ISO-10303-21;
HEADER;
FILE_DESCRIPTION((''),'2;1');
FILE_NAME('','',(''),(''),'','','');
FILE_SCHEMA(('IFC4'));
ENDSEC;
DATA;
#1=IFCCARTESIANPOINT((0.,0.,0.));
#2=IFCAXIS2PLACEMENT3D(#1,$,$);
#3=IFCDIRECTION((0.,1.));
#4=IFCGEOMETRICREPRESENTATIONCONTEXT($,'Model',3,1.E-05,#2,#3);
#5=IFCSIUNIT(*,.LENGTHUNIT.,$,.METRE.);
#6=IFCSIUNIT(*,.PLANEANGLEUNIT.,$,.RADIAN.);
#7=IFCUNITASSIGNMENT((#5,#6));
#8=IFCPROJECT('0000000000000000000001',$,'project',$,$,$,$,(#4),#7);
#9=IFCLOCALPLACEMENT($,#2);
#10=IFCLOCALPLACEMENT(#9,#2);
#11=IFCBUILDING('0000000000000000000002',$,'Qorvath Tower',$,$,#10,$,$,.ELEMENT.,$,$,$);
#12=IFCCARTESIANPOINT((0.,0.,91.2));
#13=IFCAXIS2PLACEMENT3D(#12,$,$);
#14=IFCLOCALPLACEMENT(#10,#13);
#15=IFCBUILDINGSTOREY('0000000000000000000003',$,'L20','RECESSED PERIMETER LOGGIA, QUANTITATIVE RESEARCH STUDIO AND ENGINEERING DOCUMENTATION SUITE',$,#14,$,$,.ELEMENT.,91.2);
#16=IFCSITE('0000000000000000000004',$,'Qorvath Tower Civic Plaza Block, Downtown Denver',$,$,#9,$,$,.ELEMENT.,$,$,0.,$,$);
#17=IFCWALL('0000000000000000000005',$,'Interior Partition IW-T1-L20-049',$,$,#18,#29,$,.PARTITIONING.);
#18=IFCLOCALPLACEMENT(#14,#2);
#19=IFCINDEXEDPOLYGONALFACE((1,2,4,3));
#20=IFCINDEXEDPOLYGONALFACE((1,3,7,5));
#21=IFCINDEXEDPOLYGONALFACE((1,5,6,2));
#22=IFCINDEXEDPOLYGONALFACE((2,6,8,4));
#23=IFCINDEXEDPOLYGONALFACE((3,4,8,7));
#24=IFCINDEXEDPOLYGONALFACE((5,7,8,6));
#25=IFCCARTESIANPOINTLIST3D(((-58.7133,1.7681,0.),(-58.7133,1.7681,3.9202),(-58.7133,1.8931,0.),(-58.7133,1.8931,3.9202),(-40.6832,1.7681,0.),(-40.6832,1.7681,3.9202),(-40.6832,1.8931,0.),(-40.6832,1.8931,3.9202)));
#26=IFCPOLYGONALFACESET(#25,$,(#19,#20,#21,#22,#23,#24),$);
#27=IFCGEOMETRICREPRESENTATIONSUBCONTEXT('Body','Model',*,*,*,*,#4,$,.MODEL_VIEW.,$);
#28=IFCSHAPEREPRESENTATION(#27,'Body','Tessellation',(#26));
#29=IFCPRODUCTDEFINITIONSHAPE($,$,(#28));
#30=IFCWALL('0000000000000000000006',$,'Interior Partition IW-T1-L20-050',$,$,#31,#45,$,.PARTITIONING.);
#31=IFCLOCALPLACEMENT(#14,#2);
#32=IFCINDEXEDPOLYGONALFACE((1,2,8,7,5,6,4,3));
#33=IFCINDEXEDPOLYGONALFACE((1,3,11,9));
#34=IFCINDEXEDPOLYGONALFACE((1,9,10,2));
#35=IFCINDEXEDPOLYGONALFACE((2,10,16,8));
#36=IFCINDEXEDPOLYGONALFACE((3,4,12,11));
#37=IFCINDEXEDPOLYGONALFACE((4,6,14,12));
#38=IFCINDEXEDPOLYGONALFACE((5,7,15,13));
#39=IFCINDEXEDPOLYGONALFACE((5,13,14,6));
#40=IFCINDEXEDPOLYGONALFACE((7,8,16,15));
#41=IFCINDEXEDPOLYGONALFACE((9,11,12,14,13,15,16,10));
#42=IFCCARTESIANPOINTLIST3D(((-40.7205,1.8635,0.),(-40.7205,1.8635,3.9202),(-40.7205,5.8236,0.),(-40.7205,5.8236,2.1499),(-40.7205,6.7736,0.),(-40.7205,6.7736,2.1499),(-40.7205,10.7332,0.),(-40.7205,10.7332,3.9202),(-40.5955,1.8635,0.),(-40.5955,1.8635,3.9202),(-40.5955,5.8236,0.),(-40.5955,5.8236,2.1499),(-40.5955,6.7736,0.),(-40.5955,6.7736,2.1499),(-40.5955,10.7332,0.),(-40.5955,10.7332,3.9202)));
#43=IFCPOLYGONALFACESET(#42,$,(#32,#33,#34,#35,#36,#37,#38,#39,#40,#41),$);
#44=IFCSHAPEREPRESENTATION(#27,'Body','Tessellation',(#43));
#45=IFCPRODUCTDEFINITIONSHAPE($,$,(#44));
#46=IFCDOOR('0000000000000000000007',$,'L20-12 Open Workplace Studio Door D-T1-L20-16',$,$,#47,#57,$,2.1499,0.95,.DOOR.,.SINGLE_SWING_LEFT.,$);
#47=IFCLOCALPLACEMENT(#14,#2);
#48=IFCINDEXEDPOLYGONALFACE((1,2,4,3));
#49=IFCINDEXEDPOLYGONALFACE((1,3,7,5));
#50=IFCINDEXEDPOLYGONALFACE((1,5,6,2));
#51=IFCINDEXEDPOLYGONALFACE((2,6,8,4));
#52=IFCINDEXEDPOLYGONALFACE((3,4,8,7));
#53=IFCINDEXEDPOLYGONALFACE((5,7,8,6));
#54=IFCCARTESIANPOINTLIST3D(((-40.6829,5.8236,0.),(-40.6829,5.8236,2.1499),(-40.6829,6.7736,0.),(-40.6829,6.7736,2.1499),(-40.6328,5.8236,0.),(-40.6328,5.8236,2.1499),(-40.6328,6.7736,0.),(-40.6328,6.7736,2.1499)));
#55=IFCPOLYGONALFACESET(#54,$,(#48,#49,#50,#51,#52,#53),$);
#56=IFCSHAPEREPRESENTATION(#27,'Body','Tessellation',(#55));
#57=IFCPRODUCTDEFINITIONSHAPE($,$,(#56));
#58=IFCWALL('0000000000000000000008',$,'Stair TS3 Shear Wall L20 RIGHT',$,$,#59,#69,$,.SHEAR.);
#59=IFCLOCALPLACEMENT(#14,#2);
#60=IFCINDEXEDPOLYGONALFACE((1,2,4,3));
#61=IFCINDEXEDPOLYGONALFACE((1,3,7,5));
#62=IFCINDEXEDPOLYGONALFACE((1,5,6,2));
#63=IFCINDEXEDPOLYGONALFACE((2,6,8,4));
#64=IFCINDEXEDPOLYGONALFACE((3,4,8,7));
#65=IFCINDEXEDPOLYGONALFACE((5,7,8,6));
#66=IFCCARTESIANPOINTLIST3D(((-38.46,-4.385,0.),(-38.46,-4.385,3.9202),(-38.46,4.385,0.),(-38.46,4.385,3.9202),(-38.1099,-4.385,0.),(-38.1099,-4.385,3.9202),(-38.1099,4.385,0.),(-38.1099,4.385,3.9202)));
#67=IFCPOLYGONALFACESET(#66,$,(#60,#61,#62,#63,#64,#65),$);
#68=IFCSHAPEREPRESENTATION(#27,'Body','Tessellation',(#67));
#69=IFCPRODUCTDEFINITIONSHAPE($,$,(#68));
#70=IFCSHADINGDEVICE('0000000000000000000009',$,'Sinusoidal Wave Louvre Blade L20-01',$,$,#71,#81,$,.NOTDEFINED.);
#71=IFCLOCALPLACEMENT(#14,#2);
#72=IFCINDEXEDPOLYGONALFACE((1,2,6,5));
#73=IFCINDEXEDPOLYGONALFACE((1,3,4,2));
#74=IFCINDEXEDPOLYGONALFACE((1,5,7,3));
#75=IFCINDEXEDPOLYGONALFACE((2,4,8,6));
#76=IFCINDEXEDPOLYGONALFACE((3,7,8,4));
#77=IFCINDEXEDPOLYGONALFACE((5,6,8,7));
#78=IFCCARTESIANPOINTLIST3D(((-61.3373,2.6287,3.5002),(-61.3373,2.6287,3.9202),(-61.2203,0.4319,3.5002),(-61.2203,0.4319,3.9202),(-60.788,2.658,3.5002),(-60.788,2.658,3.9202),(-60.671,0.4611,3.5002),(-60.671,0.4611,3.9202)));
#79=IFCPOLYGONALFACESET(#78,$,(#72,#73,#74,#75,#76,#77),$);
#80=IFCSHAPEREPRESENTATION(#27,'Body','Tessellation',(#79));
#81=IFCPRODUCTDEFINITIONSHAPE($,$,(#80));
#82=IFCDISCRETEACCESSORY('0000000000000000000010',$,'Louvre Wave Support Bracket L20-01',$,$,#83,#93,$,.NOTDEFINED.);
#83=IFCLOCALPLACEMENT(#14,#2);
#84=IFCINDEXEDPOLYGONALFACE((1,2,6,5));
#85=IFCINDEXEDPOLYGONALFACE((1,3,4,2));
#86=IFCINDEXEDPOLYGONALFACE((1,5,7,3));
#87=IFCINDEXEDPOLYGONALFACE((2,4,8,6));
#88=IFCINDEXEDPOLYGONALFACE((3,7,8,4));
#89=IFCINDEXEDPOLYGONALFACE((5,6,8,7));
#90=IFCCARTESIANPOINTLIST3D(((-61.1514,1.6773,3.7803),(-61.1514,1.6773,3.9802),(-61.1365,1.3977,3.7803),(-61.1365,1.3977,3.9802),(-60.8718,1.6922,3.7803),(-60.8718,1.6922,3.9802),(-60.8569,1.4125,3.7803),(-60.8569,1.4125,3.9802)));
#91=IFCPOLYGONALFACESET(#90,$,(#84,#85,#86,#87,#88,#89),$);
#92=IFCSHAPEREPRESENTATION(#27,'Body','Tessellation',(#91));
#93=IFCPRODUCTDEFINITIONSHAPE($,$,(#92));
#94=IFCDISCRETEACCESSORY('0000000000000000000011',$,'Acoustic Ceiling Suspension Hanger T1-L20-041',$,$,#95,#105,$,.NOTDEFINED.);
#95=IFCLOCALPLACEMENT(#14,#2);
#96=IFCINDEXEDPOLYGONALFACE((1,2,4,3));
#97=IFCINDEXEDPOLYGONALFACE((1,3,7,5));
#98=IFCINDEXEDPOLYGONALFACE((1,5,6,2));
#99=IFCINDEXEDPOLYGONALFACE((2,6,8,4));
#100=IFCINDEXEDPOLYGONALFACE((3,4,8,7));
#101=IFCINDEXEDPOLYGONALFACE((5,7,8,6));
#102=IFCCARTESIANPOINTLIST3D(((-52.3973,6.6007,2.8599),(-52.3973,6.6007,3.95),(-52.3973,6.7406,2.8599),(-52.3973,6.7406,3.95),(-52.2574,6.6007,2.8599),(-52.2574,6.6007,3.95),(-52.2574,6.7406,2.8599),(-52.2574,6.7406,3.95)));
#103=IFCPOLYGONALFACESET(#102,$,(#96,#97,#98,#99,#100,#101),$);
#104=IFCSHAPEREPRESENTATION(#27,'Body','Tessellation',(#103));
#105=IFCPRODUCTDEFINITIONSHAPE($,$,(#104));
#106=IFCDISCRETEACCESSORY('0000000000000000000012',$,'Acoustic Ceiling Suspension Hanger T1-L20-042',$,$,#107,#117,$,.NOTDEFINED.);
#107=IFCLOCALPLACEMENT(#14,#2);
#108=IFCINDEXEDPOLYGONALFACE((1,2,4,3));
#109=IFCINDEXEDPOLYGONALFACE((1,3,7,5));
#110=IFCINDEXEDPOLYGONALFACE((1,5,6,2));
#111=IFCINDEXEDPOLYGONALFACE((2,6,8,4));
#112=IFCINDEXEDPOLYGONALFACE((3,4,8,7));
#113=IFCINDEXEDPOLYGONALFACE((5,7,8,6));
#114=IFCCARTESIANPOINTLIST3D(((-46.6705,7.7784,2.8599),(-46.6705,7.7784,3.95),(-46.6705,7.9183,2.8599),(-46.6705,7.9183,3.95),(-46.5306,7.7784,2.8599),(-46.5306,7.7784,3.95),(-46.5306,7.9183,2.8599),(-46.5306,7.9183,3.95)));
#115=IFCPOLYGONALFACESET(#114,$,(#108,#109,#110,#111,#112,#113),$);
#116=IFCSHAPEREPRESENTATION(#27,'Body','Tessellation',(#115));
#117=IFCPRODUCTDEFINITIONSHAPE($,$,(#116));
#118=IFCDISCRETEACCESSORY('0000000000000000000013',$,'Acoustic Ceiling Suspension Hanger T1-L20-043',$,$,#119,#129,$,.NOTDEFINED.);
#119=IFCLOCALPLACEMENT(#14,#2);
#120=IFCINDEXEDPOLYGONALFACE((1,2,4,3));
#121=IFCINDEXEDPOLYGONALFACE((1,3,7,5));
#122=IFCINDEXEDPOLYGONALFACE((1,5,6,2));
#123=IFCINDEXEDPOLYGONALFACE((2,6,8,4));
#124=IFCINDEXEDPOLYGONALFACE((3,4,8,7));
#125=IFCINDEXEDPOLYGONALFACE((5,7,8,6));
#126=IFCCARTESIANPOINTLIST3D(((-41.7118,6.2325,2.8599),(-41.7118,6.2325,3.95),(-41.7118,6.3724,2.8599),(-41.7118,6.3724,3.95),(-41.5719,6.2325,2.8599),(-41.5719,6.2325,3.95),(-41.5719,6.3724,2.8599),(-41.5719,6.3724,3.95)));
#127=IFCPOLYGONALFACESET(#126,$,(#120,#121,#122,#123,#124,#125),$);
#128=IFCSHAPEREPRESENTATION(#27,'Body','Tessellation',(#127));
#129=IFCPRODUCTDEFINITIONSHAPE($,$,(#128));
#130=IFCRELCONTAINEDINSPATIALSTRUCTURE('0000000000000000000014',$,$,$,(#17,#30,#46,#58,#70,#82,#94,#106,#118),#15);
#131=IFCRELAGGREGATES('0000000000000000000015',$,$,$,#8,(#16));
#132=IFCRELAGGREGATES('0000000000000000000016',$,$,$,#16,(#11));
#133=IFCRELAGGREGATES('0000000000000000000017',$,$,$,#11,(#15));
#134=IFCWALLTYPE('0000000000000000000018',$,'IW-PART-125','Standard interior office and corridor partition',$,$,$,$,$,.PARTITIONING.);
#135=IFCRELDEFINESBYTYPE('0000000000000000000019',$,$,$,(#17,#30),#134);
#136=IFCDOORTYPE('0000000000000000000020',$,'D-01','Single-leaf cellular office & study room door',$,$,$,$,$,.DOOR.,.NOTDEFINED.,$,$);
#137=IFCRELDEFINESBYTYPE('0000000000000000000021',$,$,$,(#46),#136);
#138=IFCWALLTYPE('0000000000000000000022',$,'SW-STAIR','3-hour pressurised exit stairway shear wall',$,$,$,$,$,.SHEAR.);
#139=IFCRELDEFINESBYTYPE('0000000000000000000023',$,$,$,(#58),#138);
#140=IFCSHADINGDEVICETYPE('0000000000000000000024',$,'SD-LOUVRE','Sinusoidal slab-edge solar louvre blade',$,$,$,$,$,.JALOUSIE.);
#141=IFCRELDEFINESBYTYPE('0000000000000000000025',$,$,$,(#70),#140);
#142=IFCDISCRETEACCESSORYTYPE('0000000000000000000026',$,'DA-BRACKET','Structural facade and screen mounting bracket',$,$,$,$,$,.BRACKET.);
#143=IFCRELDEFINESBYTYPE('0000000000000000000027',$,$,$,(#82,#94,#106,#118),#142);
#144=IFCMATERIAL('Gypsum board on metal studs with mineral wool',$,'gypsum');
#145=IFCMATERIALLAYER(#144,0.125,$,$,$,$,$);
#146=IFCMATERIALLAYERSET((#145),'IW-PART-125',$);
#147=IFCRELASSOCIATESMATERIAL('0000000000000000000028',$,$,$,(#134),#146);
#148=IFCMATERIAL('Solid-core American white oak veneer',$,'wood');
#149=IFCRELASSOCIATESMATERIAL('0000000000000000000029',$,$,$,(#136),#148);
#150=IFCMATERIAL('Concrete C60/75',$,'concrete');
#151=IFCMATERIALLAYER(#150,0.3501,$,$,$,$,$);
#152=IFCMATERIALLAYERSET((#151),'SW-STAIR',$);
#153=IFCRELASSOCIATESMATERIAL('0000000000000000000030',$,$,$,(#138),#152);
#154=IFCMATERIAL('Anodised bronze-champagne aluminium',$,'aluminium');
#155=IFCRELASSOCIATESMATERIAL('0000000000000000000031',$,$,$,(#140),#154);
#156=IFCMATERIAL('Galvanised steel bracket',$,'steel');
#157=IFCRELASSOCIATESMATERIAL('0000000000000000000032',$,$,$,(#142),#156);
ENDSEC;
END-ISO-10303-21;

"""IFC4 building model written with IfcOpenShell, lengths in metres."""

from ifc_helpers import new_model, si_unit, direction, frame, frame_2d, origin, origin_2d, place, context, subcontext, project, spatial, rectangle, extrude, material, layer, layer_set, type_object, element, fill, save


model = new_model("IFC4")

# Units and contexts
model_context = context("Model", 3, precision=1e-05, world=origin(), true_north=direction((0.0, 1.0)))
body_context = subcontext(model_context, "Body", "Model", "MODEL_VIEW")
ifc_project = project(units=[si_unit("LENGTHUNIT", "METRE"), si_unit("PLANEANGLEUNIT", "RADIAN")], contexts=[model_context])

# Site, building, storey
site_placement = place(None, origin())
site = spatial("IfcSite", under=ifc_project, at=site_placement, Name="Qorvath Tower Civic Plaza Block, Downtown Denver", CompositionType="ELEMENT", RefElevation=0.0)
building_placement = place(site_placement, origin())
building = spatial("IfcBuilding", under=site, at=building_placement, Name="Qorvath Tower", CompositionType="ELEMENT")
storey_placement = place(building_placement, frame((0.0, 0.0, 91.2)))
storey = spatial("IfcBuildingStorey", under=building, at=storey_placement, Name="L20", Description="RECESSED PERIMETER LOGGIA, QUANTITATIVE RESEARCH STUDIO AND ENGINEERING DOCUMENTATION SUITE", CompositionType="ELEMENT", Elevation=91.2)

# Wall
ifc_material_1 = material(Name="Gypsum board on metal studs with mineral wool", Category="gypsum")
ifc_layer_1 = layer(ifc_material_1, 0.125)
ifc_layer_set_1 = layer_set([ifc_layer_1], Name="IW-PART-125")
wall_type_1 = type_object("IfcWallType", Name="IW-PART-125", Description="Standard interior office and corridor partition", PredefinedType="PARTITIONING", material=ifc_layer_set_1)
wall_1_placement = place(storey_placement, frame((-40.6831, 1.8306, 0.0), z_axis=(0.0, 0.0, 1.0), x_axis=(-1.0, 0.0, 0.0)))
element("IfcWall", 1, at=wall_1_placement, inside=storey, type_object=wall_type_1, Name="Interior Partition IW-T1-L20-049", PredefinedType="PARTITIONING", context=body_context, shape_type="SweptSolid", body=[
    extrude(rectangle(XDim=18.03, YDim=0.125, at=frame_2d((9.0151, 0.0))), origin(), (0.0, 0.0, 1.0), 3.9202),
])

# Wall, opening, door
wall_2_placement = place(storey_placement, frame((-40.658, 1.8635, 0.0), z_axis=(0.0, 0.0, 1.0), x_axis=(0.0, 1.0, 0.0)))
wall_2 = element("IfcWall", 2, at=wall_2_placement, inside=storey, type_object=wall_type_1, Name="Interior Partition IW-T1-L20-050", PredefinedType="PARTITIONING", context=body_context, shape_type="SweptSolid", body=[
    extrude(rectangle(XDim=8.8696, YDim=0.125, at=frame_2d((4.4348, 0.0))), origin(), (0.0, 0.0, 1.0), 3.9202),
])
opening_placement = place(wall_2_placement, frame((3.96, 0.0, 0.0)))
opening = element("IfcOpeningElement", 3, at=opening_placement, cuts=wall_2, PredefinedType="OPENING", context=body_context, shape_type="SweptSolid", body=[
    extrude(rectangle(XDim=0.95, YDim=2.1499, at=frame_2d((0.4751, 1.075))), frame((0.0, 0.0725, 0.0), z_axis=(0.0, -1.0, 0.0), x_axis=(1.0, 0.0, 0.0)), (0.0, 0.0, 1.0), 0.145),
])
ifc_material_2 = material(Name="Solid-core American white oak veneer", Category="wood")
door_type = type_object("IfcDoorType", Name="D-01", Description="Single-leaf cellular office & study room door", OperationType="NOTDEFINED", PredefinedType="DOOR", material=ifc_material_2)
door_placement = place(opening_placement, origin())
door = element("IfcDoor", 4, at=door_placement, inside=storey, type_object=door_type, Name="L20-12 Open Workplace Studio Door D-T1-L20-16", OperationType="SINGLE_SWING_LEFT", OverallHeight=2.1499, OverallWidth=0.95, PredefinedType="DOOR", context=body_context, shape_type="SweptSolid", body=[
    extrude(rectangle(XDim=0.95, YDim=2.1499, at=frame_2d((0.4751, 1.075))), frame((0.0, 0.0249, 0.0), z_axis=(0.0, -1.0, 0.0), x_axis=(1.0, 0.0, 0.0)), (0.0, 0.0, 1.0), 0.05),
])
fill(opening, door)

# Wall
ifc_material_3 = material(Name="Concrete C60/75", Category="concrete")
ifc_layer_2 = layer(ifc_material_3, 0.3501)
ifc_layer_set_2 = layer_set([ifc_layer_2], Name="SW-STAIR")
wall_type_2 = type_object("IfcWallType", Name="SW-STAIR", Description="3-hour pressurised exit stairway shear wall", PredefinedType="SHEAR", material=ifc_layer_set_2)
wall_3_placement = place(storey_placement, frame((-38.2849, 4.385, 0.0), z_axis=(0.0, 0.0, 1.0), x_axis=(0.0, -1.0, 0.0)))
element("IfcWall", 5, at=wall_3_placement, inside=storey, type_object=wall_type_2, Name="Stair TS3 Shear Wall L20 RIGHT", PredefinedType="SHEAR", context=body_context, shape_type="SweptSolid", body=[
    extrude(rectangle(XDim=8.77, YDim=0.3501, at=frame_2d((4.385, 0.0))), origin(), (0.0, 0.0, 1.0), 3.9202),
])

# Shading device
ifc_material_4 = material(Name="Anodised bronze-champagne aluminium", Category="aluminium")
shading_device_type = type_object("IfcShadingDeviceType", Name="SD-LOUVRE", Description="Sinusoidal slab-edge solar louvre blade", PredefinedType="JALOUSIE", material=ifc_material_4)
shading_device_placement = place(storey_placement, frame((-61.0042, 1.5449, 3.5002), z_axis=(0.0, 0.0, 1.0), x_axis=(0.053162, -0.998586, 0.0)))
element("IfcShadingDevice", 6, at=shading_device_placement, inside=storey, type_object=shading_device_type, Name="Sinusoidal Wave Louvre Blade L20-01", PredefinedType="NOTDEFINED", context=body_context, shape_type="SweptSolid", body=[
    extrude(rectangle(XDim=2.2, YDim=0.55, at=origin_2d()), origin(), (0.0, 0.0, 1.0), 0.4199),
])

# Discrete accessories
ifc_material_5 = material(Name="Galvanised steel bracket", Category="steel")
discrete_accessory_type = type_object("IfcDiscreteAccessoryType", Name="DA-BRACKET", Description="Structural facade and screen mounting bracket", PredefinedType="BRACKET", material=ifc_material_5)
discrete_accessory_placement = place(storey_placement, frame((-61.0042, 1.5449, 3.7803), z_axis=(0.0, 0.0, 1.0), x_axis=(0.053162, -0.998586, 0.0)))
element("IfcDiscreteAccessory", 7, at=discrete_accessory_placement, inside=storey, type_object=discrete_accessory_type, Name="Louvre Wave Support Bracket L20-01", PredefinedType="NOTDEFINED", context=body_context, shape_type="SweptSolid", body=[
    extrude(rectangle(XDim=0.28, YDim=0.28, at=origin_2d()), origin(), (0.0, 0.0, 1.0), 0.2),
])
for number, where, z_axis, x_axis, name in (
    (8, (-52.3274, 6.6707, 2.8599), (0.0, 0.0, 1.0), (1.0, 0.0, 0.0), "Acoustic Ceiling Suspension Hanger T1-L20-041"),
    (9, (-46.6006, 7.8484, 2.8599), (0.0, 0.0, 1.0), (1.0, 0.0, 0.0), "Acoustic Ceiling Suspension Hanger T1-L20-042"),
    (10, (-41.6418, 6.3025, 2.8599), (0.0, 0.0, 1.0), (1.0, 0.0, 0.0), "Acoustic Ceiling Suspension Hanger T1-L20-043"),
):
    element("IfcDiscreteAccessory", number, at=place(storey_placement, frame(where, z_axis=z_axis, x_axis=x_axis)), inside=storey, type_object=discrete_accessory_type, Name=name, PredefinedType="NOTDEFINED", context=body_context, shape_type="SweptSolid", body=[
        extrude(rectangle(XDim=0.1399, YDim=0.1399, at=origin_2d()), origin(), (0.0, 0.0, 1.0), 1.0901),
    ])

save(model, "model.ifc")
